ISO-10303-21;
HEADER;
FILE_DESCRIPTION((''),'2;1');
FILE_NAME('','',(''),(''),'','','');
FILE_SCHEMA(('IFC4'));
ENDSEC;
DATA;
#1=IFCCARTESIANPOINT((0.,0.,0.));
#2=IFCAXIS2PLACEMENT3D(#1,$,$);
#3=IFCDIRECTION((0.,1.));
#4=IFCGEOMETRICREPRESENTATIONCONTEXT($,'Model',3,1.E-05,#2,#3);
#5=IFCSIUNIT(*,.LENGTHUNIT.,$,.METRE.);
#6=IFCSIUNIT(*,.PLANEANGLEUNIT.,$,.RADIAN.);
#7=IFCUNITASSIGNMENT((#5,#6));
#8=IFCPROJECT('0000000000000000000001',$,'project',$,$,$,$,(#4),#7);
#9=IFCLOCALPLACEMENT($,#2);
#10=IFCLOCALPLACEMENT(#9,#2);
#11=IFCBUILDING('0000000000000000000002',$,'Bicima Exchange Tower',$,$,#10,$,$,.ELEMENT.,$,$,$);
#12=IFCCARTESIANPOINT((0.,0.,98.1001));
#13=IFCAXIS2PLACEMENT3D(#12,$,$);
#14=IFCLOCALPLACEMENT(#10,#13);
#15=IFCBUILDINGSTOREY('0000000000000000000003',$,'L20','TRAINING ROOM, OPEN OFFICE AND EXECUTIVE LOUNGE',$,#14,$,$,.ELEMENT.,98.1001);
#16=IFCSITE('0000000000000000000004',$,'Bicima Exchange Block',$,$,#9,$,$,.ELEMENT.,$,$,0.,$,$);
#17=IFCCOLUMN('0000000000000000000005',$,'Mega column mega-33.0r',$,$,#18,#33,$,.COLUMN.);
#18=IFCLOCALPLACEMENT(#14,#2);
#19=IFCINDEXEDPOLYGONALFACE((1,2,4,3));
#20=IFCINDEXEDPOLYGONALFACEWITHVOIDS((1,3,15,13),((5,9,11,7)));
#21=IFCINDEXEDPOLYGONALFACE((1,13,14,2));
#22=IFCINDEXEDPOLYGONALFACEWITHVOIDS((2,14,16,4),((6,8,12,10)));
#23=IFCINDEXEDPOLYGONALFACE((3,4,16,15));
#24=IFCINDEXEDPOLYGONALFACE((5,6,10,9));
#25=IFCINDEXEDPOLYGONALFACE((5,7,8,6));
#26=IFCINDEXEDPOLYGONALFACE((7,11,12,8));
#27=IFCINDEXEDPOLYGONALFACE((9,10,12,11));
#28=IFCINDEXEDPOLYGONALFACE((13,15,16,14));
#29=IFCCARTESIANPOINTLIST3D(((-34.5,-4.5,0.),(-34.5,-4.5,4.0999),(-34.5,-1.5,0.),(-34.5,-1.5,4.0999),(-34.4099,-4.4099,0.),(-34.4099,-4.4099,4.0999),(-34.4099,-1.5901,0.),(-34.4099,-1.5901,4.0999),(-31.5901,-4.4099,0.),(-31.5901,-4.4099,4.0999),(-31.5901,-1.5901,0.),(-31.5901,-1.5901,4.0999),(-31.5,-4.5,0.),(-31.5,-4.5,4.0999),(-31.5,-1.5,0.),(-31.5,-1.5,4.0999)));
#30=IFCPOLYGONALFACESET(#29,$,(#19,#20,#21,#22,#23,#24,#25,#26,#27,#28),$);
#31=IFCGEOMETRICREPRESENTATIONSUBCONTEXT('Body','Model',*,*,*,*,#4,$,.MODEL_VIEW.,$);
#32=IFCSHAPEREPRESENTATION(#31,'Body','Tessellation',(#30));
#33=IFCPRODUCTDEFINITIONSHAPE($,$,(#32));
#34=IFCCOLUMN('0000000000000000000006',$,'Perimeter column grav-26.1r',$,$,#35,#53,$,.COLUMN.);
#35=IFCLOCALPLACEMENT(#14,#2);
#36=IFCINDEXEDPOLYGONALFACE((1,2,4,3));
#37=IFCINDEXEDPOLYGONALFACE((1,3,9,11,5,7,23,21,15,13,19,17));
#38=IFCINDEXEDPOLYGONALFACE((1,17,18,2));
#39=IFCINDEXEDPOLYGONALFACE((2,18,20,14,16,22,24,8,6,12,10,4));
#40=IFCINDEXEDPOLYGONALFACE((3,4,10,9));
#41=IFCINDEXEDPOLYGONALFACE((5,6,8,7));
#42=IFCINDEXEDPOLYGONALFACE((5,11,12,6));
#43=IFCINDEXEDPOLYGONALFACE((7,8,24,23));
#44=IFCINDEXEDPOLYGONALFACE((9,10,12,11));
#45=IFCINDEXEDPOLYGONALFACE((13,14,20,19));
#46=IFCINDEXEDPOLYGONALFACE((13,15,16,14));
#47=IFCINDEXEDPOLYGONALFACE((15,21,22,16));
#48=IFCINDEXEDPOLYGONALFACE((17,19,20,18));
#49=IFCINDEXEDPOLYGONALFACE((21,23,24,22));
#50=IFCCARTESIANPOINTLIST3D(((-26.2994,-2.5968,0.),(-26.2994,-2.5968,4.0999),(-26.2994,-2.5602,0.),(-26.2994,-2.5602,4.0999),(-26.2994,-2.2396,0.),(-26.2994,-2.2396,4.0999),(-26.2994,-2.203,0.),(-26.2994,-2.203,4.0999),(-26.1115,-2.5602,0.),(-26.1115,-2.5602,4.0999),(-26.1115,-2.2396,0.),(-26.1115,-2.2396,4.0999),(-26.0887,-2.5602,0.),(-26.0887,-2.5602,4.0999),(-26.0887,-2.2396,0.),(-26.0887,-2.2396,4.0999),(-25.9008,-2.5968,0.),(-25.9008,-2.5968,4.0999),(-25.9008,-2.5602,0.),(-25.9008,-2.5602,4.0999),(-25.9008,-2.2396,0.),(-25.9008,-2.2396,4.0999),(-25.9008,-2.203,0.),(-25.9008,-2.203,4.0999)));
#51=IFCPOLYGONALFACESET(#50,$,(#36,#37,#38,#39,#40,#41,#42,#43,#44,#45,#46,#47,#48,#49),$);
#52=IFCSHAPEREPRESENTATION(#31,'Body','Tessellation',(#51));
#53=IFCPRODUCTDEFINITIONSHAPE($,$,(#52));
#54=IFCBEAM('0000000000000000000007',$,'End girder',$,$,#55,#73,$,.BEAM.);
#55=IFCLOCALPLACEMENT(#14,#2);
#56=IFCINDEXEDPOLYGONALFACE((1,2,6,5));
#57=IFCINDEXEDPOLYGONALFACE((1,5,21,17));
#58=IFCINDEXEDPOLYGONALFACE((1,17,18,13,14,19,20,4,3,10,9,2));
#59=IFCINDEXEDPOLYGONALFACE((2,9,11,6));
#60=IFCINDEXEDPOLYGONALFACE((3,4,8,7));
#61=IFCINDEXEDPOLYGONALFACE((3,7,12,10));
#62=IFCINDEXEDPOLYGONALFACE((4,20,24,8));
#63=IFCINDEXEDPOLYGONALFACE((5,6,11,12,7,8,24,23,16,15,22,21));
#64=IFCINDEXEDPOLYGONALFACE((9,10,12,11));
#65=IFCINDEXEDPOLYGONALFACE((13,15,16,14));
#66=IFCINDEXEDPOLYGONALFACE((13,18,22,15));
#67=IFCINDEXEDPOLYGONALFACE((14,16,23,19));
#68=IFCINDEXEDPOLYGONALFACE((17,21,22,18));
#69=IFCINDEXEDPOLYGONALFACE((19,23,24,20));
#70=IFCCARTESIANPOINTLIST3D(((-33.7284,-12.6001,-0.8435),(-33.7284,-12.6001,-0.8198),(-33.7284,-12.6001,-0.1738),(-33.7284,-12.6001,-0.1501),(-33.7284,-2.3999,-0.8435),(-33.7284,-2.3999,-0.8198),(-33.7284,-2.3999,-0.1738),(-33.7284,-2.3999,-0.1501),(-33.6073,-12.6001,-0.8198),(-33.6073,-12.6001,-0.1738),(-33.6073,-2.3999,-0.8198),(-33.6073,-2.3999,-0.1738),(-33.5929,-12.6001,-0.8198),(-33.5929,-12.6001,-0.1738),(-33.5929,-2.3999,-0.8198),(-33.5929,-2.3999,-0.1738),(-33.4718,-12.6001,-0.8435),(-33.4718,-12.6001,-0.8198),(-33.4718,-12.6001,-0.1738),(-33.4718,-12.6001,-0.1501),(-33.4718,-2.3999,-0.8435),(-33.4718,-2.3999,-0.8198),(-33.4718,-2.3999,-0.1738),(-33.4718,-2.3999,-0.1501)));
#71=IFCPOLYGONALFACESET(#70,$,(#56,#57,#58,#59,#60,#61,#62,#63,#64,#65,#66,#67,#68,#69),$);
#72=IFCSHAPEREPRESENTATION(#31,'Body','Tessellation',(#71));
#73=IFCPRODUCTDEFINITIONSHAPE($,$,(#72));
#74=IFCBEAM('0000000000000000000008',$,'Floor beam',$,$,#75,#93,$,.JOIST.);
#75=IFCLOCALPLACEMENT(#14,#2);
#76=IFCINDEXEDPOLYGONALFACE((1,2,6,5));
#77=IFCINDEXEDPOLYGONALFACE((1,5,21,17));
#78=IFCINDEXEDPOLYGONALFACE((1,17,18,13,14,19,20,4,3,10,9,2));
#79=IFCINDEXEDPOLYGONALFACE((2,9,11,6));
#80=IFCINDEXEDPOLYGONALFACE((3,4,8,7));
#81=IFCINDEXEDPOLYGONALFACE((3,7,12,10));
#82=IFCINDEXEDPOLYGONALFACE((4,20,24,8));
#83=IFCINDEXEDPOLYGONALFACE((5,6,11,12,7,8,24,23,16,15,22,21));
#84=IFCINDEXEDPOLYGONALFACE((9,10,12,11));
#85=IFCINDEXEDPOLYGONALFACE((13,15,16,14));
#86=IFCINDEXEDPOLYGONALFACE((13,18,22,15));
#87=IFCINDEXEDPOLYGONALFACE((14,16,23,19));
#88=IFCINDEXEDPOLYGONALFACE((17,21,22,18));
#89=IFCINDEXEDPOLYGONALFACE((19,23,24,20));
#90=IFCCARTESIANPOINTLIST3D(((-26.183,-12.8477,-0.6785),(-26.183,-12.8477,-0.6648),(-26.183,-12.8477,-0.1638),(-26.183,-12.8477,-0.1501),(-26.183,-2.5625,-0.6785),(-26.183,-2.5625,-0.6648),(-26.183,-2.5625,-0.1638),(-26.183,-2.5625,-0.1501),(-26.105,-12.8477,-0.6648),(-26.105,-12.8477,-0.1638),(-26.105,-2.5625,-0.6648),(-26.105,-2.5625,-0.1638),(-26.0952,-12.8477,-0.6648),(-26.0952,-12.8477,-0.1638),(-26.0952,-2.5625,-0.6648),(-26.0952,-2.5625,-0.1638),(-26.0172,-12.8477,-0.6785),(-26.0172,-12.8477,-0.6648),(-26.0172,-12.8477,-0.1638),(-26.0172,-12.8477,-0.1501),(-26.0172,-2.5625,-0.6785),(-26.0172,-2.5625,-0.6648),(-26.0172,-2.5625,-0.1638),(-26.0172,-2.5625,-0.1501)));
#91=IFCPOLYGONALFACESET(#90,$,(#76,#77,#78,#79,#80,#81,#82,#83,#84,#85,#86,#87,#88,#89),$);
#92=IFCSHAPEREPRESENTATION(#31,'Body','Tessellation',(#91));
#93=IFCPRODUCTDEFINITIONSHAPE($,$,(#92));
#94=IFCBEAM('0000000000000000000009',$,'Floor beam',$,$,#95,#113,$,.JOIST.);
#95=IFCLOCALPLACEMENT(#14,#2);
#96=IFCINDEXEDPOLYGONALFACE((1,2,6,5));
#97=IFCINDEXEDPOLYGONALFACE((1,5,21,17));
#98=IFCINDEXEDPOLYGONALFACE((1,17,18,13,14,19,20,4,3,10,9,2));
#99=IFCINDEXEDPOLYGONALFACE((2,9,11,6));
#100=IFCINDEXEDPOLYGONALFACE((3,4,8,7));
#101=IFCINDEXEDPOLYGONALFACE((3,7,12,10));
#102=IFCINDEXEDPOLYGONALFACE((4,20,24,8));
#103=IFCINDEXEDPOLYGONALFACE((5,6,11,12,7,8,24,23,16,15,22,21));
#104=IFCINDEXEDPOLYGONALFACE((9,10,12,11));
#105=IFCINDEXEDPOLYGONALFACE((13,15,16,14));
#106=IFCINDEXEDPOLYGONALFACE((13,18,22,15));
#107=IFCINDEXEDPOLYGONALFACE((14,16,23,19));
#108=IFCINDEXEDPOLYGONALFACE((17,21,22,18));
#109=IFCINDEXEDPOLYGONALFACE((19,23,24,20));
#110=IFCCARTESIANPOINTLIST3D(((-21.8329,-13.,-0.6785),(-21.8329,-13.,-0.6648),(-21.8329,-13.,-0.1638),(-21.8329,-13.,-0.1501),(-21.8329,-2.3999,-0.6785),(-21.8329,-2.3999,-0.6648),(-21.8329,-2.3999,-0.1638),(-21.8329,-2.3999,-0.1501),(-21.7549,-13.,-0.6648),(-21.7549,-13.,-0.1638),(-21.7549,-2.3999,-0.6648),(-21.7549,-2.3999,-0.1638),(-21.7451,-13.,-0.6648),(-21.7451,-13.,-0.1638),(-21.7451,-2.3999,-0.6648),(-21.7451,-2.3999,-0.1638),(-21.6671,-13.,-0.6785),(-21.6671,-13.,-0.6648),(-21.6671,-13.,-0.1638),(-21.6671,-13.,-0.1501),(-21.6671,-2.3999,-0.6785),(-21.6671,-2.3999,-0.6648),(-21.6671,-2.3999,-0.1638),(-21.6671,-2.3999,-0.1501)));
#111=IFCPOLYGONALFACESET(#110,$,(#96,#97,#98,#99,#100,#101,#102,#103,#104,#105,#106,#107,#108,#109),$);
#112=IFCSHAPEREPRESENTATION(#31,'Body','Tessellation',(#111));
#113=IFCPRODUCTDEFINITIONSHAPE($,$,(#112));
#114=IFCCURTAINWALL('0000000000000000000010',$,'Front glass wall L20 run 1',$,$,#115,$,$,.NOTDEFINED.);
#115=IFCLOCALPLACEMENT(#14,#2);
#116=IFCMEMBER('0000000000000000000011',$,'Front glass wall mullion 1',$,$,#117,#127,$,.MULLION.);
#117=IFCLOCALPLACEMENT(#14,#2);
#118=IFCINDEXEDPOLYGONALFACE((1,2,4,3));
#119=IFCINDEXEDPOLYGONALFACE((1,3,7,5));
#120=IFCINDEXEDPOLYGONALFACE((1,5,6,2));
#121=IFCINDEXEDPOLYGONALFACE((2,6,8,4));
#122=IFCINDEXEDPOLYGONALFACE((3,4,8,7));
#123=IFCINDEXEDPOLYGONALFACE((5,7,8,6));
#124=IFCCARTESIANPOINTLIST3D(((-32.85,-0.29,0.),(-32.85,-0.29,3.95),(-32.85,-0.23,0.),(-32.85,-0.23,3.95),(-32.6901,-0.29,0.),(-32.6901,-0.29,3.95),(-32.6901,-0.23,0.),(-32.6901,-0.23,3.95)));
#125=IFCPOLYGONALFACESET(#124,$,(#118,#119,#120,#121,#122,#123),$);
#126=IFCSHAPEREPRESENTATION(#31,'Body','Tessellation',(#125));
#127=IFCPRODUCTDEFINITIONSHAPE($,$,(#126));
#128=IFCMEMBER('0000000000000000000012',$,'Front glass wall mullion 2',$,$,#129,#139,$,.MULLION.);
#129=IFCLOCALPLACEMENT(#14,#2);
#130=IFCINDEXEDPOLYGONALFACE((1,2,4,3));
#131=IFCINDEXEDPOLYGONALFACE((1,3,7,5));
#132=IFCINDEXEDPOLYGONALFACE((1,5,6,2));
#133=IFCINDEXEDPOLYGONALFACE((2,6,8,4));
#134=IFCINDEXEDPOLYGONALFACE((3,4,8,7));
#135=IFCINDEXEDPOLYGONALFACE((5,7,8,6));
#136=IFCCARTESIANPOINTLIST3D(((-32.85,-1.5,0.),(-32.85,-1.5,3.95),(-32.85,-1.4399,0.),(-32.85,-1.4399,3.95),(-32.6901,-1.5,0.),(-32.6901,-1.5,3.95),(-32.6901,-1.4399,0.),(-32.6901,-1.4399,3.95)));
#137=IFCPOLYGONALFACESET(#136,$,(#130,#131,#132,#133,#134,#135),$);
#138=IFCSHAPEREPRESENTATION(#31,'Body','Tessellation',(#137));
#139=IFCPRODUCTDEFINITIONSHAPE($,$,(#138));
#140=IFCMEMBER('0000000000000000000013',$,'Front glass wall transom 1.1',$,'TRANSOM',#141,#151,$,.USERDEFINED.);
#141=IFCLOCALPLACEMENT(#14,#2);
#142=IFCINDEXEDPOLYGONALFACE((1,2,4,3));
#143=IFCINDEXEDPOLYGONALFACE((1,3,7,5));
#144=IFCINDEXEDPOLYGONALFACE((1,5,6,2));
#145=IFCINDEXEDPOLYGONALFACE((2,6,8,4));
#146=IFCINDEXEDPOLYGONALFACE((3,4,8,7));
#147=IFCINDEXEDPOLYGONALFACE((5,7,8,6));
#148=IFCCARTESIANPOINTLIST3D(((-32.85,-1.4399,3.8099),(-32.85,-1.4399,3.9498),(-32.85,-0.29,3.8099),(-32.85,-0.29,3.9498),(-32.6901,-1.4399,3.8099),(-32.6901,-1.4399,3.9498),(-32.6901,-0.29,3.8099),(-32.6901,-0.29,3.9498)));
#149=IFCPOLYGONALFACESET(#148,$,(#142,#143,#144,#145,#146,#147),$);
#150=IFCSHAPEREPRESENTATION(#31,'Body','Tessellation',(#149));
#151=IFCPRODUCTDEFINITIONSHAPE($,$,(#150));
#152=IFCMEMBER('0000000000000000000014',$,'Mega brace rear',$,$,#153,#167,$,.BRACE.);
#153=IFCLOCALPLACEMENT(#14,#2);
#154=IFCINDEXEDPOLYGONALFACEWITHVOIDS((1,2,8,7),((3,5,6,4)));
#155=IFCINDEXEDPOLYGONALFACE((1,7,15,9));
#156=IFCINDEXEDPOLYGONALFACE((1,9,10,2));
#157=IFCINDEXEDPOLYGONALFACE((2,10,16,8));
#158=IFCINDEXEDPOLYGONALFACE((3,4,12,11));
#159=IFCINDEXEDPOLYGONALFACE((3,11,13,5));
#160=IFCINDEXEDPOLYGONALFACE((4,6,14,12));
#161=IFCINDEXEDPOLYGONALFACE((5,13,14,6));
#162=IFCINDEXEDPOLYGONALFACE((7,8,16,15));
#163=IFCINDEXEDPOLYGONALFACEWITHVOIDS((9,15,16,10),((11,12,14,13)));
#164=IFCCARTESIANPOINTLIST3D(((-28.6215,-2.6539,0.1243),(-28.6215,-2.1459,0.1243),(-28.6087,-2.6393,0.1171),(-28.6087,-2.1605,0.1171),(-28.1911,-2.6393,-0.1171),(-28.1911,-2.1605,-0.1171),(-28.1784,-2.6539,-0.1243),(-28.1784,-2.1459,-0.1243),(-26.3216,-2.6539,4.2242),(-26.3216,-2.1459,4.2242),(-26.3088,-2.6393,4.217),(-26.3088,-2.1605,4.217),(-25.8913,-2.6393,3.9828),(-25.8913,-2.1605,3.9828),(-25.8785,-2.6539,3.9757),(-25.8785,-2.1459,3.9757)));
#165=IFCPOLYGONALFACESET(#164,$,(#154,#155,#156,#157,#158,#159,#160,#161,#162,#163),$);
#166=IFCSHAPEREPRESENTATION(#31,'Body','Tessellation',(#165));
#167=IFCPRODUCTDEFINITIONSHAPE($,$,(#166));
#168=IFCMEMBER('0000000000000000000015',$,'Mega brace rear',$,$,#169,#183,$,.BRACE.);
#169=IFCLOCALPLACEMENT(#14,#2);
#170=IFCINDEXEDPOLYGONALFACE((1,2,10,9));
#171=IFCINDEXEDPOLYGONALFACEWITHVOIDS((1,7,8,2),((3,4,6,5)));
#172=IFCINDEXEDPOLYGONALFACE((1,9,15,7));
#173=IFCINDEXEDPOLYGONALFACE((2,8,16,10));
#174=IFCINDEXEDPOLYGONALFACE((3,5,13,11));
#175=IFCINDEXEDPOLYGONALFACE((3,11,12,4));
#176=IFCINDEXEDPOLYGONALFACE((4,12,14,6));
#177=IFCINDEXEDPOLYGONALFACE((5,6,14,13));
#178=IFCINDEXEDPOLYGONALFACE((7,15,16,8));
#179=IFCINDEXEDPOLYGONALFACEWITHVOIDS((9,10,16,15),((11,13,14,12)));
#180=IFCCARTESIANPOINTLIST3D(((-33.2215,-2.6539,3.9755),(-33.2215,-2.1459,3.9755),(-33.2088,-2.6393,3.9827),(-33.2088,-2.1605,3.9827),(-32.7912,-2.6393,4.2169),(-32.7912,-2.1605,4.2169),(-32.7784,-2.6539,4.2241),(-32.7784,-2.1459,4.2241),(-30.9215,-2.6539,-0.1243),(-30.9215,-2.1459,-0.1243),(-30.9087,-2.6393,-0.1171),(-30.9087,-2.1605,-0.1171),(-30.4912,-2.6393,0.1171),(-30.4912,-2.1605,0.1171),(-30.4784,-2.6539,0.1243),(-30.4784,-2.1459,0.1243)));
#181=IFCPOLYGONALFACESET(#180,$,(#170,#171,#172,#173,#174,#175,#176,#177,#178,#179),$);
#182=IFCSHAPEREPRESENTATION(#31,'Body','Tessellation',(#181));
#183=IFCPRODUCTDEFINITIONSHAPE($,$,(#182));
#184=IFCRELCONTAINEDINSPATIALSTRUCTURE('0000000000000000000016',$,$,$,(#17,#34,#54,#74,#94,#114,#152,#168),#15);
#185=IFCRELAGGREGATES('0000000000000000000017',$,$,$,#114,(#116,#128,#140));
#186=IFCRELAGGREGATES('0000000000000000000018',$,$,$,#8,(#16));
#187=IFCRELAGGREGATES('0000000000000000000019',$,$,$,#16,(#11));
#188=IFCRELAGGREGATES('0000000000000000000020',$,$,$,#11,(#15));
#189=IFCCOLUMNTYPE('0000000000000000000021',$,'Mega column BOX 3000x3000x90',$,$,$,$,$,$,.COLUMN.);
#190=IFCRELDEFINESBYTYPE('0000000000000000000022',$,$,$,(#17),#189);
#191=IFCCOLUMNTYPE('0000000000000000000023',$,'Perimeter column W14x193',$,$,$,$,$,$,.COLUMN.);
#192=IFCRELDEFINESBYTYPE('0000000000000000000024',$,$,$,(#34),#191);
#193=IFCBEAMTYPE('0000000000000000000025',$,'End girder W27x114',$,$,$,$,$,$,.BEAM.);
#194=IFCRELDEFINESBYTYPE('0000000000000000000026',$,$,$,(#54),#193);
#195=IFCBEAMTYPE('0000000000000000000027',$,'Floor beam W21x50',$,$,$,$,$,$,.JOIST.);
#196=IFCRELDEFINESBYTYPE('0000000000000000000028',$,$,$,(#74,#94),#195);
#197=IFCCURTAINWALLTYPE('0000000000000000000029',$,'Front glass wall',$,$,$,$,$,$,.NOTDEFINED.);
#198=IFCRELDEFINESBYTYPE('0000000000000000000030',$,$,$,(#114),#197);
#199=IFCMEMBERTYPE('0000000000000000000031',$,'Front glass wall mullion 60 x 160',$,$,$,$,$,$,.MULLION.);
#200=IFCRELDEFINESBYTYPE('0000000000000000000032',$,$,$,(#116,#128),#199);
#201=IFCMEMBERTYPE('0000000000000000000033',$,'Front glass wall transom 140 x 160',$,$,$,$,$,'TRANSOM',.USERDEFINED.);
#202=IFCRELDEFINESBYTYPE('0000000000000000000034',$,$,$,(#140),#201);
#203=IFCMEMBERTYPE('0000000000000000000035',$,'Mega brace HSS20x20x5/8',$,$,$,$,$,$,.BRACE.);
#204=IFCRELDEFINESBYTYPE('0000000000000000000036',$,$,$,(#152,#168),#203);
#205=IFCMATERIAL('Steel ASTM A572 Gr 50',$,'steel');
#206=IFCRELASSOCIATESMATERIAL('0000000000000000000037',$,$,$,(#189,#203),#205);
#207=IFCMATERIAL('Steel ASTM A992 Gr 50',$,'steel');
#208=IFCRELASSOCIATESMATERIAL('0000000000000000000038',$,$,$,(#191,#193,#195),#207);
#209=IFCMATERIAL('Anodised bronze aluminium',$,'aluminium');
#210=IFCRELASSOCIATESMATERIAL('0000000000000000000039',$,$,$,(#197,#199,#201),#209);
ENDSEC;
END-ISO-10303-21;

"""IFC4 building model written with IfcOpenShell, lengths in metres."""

from ifc_helpers import new_model, si_unit, direction, frame, origin, origin_2d, place, context, subcontext, project, spatial, rectangle, hollow_rectangle, i_section, extrude, material, material_profile, profile_set, type_object, element, aggregate, save


model = new_model("IFC4")

# Units and contexts
model_context = context("Model", 3, precision=1e-05, world=origin(), true_north=direction((0.0, 1.0)))
body_context = subcontext(model_context, "Body", "Model", "MODEL_VIEW")
ifc_project = project(units=[si_unit("LENGTHUNIT", "METRE"), si_unit("PLANEANGLEUNIT", "RADIAN")], contexts=[model_context])

# Site, building, storey
site_placement = place(None, origin())
site = spatial("IfcSite", under=ifc_project, at=site_placement, Name="Bicima Exchange Block", CompositionType="ELEMENT", RefElevation=0.0)
building_placement = place(site_placement, origin())
building = spatial("IfcBuilding", under=site, at=building_placement, Name="Bicima Exchange Tower", CompositionType="ELEMENT")
storey_placement = place(building_placement, frame((0.0, 0.0, 98.1001)))
storey = spatial("IfcBuildingStorey", under=building, at=storey_placement, Name="L20", Description="TRAINING ROOM, OPEN OFFICE AND EXECUTIVE LOUNGE", CompositionType="ELEMENT", Elevation=98.1001)

# Columns
ifc_material_1 = material(Name="Steel ASTM A572 Gr 50", Category="steel")
ifc_material_profile_1 = material_profile(ifc_material_1, hollow_rectangle(XDim=3.0, YDim=3.0, WallThickness=0.0901, at=origin_2d()))
ifc_profile_set_1 = profile_set([ifc_material_profile_1], Name="Steel ASTM A572 Gr 50")
column_type_1 = type_object("IfcColumnType", Name="Mega column BOX 3000x3000x90", PredefinedType="COLUMN", material=ifc_profile_set_1)
column_1_placement = place(storey_placement, frame((-33.0, -3.0, 0.0), z_axis=(0.0, 0.0, 1.0), x_axis=(1.0, 0.0, 0.0)))
element("IfcColumn", 1, at=column_1_placement, inside=storey, type_object=column_type_1, Name="Mega column mega-33.0r", PredefinedType="COLUMN", context=body_context, shape_type="SweptSolid", body=[
    extrude(hollow_rectangle(XDim=3.0, YDim=3.0, WallThickness=0.0901, at=origin_2d()), origin(), (0.0, 0.0, 1.0), 4.0999),
])
ifc_material_2 = material(Name="Steel ASTM A992 Gr 50", Category="steel")
ifc_material_profile_2 = material_profile(ifc_material_2, i_section(OverallWidth=0.3987, OverallDepth=0.3938, WebThickness=0.0227, FlangeThickness=0.0366, at=origin_2d()))
ifc_profile_set_2 = profile_set([ifc_material_profile_2], Name="Steel ASTM A992 Gr 50")
column_type_2 = type_object("IfcColumnType", Name="Perimeter column W14x193", PredefinedType="COLUMN", material=ifc_profile_set_2)
column_2_placement = place(storey_placement, frame((-26.1001, -2.3999, 0.0), z_axis=(0.0, 0.0, 1.0), x_axis=(1.0, 0.0, 0.0)))
element("IfcColumn", 2, at=column_2_placement, inside=storey, type_object=column_type_2, Name="Perimeter column grav-26.1r", PredefinedType="COLUMN", context=body_context, shape_type="SweptSolid", body=[
    extrude(i_section(OverallWidth=0.3987, OverallDepth=0.3938, WebThickness=0.0227, FlangeThickness=0.0366, at=origin_2d()), origin(), (0.0, 0.0, 1.0), 4.0999),
])

# Beams
ifc_material_profile_3 = material_profile(ifc_material_2, i_section(OverallWidth=0.2566, OverallDepth=0.6934, WebThickness=0.0144, FlangeThickness=0.0237, at=origin_2d()))
ifc_profile_set_3 = profile_set([ifc_material_profile_3], Name="Steel ASTM A992 Gr 50")
beam_type_1 = type_object("IfcBeamType", Name="End girder W27x114", PredefinedType="BEAM", material=ifc_profile_set_3)
beam_1_placement = place(storey_placement, frame((-33.6001, -2.3999, -0.4968), z_axis=(0.0, -1.0, 0.0), x_axis=(1.0, 0.0, 0.0)))
element("IfcBeam", 3, at=beam_1_placement, inside=storey, type_object=beam_type_1, Name="End girder", PredefinedType="BEAM", context=body_context, shape_type="SweptSolid", body=[
    extrude(i_section(OverallWidth=0.2566, OverallDepth=0.6934, WebThickness=0.0144, FlangeThickness=0.0237, at=origin_2d()), origin(), (0.0, 0.0, 1.0), 10.2002),
])
ifc_material_profile_4 = material_profile(ifc_material_2, i_section(OverallWidth=0.1658, OverallDepth=0.5283, WebThickness=0.0098, FlangeThickness=0.0137, at=origin_2d()))
ifc_profile_set_4 = profile_set([ifc_material_profile_4], Name="Steel ASTM A992 Gr 50")
beam_type_2 = type_object("IfcBeamType", Name="Floor beam W21x50", PredefinedType="JOIST", material=ifc_profile_set_4)
beam_2_placement = place(storey_placement, frame((-26.1001, -2.5625, -0.4143), z_axis=(0.0, -1.0, 0.0), x_axis=(1.0, 0.0, 0.0)))
element("IfcBeam", 4, at=beam_2_placement, inside=storey, type_object=beam_type_2, Name="Floor beam", PredefinedType="JOIST", context=body_context, shape_type="SweptSolid", body=[
    extrude(i_section(OverallWidth=0.1658, OverallDepth=0.5283, WebThickness=0.0098, FlangeThickness=0.0137, at=origin_2d()), origin(), (0.0, 0.0, 1.0), 10.2852),
])
beam_3_placement = place(storey_placement, frame((-21.75, -2.3999, -0.4143), z_axis=(0.0, -1.0, 0.0), x_axis=(1.0, 0.0, 0.0)))
element("IfcBeam", 5, at=beam_3_placement, inside=storey, type_object=beam_type_2, Name="Floor beam", PredefinedType="JOIST", context=body_context, shape_type="SweptSolid", body=[
    extrude(i_section(OverallWidth=0.1658, OverallDepth=0.5283, WebThickness=0.0098, FlangeThickness=0.0137, at=origin_2d()), origin(), (0.0, 0.0, 1.0), 10.6001),
])

# Curtain wall, members
ifc_material_3 = material(Name="Anodised bronze aluminium", Category="aluminium")
curtain_wall_type = type_object("IfcCurtainWallType", Name="Front glass wall", PredefinedType="NOTDEFINED", material=ifc_material_3)
curtain_wall_placement = place(storey_placement, origin())
curtain_wall = element("IfcCurtainWall", 6, at=curtain_wall_placement, inside=storey, type_object=curtain_wall_type, Name="Front glass wall L20 run 1", PredefinedType="NOTDEFINED")
ifc_material_profile_5 = material_profile(ifc_material_3, rectangle(XDim=0.1599, YDim=0.0601, at=origin_2d()))
ifc_profile_set_5 = profile_set([ifc_material_profile_5], Name="Anodised bronze aluminium")
member_type_1 = type_object("IfcMemberType", Name="Front glass wall mullion 60 x 160", PredefinedType="MULLION", material=ifc_profile_set_5)
member_1_placement = place(storey_placement, frame((-32.77, -0.26, 0.0), z_axis=(0.0, 0.0, 1.0), x_axis=(1.0, 0.0, 0.0)))
member_1 = element("IfcMember", 7, at=member_1_placement, type_object=member_type_1, Name="Front glass wall mullion 1", PredefinedType="MULLION", context=body_context, shape_type="SweptSolid", body=[
    extrude(rectangle(XDim=0.1599, YDim=0.0601, at=origin_2d()), origin(), (0.0, 0.0, 1.0), 3.95),
])
member_2_placement = place(storey_placement, frame((-32.77, -1.47, 0.0), z_axis=(0.0, 0.0, 1.0), x_axis=(1.0, 0.0, 0.0)))
member_2 = element("IfcMember", 8, at=member_2_placement, type_object=member_type_1, Name="Front glass wall mullion 2", PredefinedType="MULLION", context=body_context, shape_type="SweptSolid", body=[
    extrude(rectangle(XDim=0.1599, YDim=0.0601, at=origin_2d()), origin(), (0.0, 0.0, 1.0), 3.95),
])
ifc_material_profile_6 = material_profile(ifc_material_3, rectangle(XDim=0.1599, YDim=0.1399, at=origin_2d()))
ifc_profile_set_6 = profile_set([ifc_material_profile_6], Name="Anodised bronze aluminium")
member_type_2 = type_object("IfcMemberType", Name="Front glass wall transom 140 x 160", ElementType="TRANSOM", PredefinedType="USERDEFINED", material=ifc_profile_set_6)
member_3_placement = place(storey_placement, frame((-32.77, -0.29, 3.8799), z_axis=(0.0, -1.0, 0.0), x_axis=(1.0, 0.0, 0.0)))
member_3 = element("IfcMember", 9, at=member_3_placement, type_object=member_type_2, Name="Front glass wall transom 1.1", ObjectType="TRANSOM", PredefinedType="USERDEFINED", context=body_context, shape_type="SweptSolid", body=[
    extrude(rectangle(XDim=0.1599, YDim=0.1399, at=origin_2d()), origin(), (0.0, 0.0, 1.0), 1.1499),
])

# Members
ifc_material_profile_7 = material_profile(ifc_material_1, hollow_rectangle(XDim=0.5081, YDim=0.5081, WallThickness=0.0146, at=origin_2d()))
ifc_profile_set_7 = profile_set([ifc_material_profile_7], Name="Steel ASTM A572 Gr 50")
member_type_3 = type_object("IfcMemberType", Name="Mega brace HSS20x20x5/8", PredefinedType="BRACE", material=ifc_profile_set_7)
for number, where, z_axis, x_axis, name in (
    (10, (-28.3999, -2.3999, 0.0), (0.489233, 0.0, 0.872153), (0.0, 1.0, 0.0), "Mega brace rear"),
    (11, (-30.7, -2.3999, 0.0), (-0.489272, 0.0, 0.872131), (0.0, -1.0, 0.0), "Mega brace rear"),
):
    element("IfcMember", number, at=place(storey_placement, frame(where, z_axis=z_axis, x_axis=x_axis)), inside=storey, type_object=member_type_3, Name=name, PredefinedType="BRACE", context=body_context, shape_type="SweptSolid", body=[
        extrude(hollow_rectangle(XDim=0.5081, YDim=0.5081, WallThickness=0.0146, at=origin_2d()), origin(), (0.0, 0.0, 1.0), 4.7009),
    ])

aggregate(curtain_wall, [member_1, member_2, member_3])

save(model, "model.ifc")
